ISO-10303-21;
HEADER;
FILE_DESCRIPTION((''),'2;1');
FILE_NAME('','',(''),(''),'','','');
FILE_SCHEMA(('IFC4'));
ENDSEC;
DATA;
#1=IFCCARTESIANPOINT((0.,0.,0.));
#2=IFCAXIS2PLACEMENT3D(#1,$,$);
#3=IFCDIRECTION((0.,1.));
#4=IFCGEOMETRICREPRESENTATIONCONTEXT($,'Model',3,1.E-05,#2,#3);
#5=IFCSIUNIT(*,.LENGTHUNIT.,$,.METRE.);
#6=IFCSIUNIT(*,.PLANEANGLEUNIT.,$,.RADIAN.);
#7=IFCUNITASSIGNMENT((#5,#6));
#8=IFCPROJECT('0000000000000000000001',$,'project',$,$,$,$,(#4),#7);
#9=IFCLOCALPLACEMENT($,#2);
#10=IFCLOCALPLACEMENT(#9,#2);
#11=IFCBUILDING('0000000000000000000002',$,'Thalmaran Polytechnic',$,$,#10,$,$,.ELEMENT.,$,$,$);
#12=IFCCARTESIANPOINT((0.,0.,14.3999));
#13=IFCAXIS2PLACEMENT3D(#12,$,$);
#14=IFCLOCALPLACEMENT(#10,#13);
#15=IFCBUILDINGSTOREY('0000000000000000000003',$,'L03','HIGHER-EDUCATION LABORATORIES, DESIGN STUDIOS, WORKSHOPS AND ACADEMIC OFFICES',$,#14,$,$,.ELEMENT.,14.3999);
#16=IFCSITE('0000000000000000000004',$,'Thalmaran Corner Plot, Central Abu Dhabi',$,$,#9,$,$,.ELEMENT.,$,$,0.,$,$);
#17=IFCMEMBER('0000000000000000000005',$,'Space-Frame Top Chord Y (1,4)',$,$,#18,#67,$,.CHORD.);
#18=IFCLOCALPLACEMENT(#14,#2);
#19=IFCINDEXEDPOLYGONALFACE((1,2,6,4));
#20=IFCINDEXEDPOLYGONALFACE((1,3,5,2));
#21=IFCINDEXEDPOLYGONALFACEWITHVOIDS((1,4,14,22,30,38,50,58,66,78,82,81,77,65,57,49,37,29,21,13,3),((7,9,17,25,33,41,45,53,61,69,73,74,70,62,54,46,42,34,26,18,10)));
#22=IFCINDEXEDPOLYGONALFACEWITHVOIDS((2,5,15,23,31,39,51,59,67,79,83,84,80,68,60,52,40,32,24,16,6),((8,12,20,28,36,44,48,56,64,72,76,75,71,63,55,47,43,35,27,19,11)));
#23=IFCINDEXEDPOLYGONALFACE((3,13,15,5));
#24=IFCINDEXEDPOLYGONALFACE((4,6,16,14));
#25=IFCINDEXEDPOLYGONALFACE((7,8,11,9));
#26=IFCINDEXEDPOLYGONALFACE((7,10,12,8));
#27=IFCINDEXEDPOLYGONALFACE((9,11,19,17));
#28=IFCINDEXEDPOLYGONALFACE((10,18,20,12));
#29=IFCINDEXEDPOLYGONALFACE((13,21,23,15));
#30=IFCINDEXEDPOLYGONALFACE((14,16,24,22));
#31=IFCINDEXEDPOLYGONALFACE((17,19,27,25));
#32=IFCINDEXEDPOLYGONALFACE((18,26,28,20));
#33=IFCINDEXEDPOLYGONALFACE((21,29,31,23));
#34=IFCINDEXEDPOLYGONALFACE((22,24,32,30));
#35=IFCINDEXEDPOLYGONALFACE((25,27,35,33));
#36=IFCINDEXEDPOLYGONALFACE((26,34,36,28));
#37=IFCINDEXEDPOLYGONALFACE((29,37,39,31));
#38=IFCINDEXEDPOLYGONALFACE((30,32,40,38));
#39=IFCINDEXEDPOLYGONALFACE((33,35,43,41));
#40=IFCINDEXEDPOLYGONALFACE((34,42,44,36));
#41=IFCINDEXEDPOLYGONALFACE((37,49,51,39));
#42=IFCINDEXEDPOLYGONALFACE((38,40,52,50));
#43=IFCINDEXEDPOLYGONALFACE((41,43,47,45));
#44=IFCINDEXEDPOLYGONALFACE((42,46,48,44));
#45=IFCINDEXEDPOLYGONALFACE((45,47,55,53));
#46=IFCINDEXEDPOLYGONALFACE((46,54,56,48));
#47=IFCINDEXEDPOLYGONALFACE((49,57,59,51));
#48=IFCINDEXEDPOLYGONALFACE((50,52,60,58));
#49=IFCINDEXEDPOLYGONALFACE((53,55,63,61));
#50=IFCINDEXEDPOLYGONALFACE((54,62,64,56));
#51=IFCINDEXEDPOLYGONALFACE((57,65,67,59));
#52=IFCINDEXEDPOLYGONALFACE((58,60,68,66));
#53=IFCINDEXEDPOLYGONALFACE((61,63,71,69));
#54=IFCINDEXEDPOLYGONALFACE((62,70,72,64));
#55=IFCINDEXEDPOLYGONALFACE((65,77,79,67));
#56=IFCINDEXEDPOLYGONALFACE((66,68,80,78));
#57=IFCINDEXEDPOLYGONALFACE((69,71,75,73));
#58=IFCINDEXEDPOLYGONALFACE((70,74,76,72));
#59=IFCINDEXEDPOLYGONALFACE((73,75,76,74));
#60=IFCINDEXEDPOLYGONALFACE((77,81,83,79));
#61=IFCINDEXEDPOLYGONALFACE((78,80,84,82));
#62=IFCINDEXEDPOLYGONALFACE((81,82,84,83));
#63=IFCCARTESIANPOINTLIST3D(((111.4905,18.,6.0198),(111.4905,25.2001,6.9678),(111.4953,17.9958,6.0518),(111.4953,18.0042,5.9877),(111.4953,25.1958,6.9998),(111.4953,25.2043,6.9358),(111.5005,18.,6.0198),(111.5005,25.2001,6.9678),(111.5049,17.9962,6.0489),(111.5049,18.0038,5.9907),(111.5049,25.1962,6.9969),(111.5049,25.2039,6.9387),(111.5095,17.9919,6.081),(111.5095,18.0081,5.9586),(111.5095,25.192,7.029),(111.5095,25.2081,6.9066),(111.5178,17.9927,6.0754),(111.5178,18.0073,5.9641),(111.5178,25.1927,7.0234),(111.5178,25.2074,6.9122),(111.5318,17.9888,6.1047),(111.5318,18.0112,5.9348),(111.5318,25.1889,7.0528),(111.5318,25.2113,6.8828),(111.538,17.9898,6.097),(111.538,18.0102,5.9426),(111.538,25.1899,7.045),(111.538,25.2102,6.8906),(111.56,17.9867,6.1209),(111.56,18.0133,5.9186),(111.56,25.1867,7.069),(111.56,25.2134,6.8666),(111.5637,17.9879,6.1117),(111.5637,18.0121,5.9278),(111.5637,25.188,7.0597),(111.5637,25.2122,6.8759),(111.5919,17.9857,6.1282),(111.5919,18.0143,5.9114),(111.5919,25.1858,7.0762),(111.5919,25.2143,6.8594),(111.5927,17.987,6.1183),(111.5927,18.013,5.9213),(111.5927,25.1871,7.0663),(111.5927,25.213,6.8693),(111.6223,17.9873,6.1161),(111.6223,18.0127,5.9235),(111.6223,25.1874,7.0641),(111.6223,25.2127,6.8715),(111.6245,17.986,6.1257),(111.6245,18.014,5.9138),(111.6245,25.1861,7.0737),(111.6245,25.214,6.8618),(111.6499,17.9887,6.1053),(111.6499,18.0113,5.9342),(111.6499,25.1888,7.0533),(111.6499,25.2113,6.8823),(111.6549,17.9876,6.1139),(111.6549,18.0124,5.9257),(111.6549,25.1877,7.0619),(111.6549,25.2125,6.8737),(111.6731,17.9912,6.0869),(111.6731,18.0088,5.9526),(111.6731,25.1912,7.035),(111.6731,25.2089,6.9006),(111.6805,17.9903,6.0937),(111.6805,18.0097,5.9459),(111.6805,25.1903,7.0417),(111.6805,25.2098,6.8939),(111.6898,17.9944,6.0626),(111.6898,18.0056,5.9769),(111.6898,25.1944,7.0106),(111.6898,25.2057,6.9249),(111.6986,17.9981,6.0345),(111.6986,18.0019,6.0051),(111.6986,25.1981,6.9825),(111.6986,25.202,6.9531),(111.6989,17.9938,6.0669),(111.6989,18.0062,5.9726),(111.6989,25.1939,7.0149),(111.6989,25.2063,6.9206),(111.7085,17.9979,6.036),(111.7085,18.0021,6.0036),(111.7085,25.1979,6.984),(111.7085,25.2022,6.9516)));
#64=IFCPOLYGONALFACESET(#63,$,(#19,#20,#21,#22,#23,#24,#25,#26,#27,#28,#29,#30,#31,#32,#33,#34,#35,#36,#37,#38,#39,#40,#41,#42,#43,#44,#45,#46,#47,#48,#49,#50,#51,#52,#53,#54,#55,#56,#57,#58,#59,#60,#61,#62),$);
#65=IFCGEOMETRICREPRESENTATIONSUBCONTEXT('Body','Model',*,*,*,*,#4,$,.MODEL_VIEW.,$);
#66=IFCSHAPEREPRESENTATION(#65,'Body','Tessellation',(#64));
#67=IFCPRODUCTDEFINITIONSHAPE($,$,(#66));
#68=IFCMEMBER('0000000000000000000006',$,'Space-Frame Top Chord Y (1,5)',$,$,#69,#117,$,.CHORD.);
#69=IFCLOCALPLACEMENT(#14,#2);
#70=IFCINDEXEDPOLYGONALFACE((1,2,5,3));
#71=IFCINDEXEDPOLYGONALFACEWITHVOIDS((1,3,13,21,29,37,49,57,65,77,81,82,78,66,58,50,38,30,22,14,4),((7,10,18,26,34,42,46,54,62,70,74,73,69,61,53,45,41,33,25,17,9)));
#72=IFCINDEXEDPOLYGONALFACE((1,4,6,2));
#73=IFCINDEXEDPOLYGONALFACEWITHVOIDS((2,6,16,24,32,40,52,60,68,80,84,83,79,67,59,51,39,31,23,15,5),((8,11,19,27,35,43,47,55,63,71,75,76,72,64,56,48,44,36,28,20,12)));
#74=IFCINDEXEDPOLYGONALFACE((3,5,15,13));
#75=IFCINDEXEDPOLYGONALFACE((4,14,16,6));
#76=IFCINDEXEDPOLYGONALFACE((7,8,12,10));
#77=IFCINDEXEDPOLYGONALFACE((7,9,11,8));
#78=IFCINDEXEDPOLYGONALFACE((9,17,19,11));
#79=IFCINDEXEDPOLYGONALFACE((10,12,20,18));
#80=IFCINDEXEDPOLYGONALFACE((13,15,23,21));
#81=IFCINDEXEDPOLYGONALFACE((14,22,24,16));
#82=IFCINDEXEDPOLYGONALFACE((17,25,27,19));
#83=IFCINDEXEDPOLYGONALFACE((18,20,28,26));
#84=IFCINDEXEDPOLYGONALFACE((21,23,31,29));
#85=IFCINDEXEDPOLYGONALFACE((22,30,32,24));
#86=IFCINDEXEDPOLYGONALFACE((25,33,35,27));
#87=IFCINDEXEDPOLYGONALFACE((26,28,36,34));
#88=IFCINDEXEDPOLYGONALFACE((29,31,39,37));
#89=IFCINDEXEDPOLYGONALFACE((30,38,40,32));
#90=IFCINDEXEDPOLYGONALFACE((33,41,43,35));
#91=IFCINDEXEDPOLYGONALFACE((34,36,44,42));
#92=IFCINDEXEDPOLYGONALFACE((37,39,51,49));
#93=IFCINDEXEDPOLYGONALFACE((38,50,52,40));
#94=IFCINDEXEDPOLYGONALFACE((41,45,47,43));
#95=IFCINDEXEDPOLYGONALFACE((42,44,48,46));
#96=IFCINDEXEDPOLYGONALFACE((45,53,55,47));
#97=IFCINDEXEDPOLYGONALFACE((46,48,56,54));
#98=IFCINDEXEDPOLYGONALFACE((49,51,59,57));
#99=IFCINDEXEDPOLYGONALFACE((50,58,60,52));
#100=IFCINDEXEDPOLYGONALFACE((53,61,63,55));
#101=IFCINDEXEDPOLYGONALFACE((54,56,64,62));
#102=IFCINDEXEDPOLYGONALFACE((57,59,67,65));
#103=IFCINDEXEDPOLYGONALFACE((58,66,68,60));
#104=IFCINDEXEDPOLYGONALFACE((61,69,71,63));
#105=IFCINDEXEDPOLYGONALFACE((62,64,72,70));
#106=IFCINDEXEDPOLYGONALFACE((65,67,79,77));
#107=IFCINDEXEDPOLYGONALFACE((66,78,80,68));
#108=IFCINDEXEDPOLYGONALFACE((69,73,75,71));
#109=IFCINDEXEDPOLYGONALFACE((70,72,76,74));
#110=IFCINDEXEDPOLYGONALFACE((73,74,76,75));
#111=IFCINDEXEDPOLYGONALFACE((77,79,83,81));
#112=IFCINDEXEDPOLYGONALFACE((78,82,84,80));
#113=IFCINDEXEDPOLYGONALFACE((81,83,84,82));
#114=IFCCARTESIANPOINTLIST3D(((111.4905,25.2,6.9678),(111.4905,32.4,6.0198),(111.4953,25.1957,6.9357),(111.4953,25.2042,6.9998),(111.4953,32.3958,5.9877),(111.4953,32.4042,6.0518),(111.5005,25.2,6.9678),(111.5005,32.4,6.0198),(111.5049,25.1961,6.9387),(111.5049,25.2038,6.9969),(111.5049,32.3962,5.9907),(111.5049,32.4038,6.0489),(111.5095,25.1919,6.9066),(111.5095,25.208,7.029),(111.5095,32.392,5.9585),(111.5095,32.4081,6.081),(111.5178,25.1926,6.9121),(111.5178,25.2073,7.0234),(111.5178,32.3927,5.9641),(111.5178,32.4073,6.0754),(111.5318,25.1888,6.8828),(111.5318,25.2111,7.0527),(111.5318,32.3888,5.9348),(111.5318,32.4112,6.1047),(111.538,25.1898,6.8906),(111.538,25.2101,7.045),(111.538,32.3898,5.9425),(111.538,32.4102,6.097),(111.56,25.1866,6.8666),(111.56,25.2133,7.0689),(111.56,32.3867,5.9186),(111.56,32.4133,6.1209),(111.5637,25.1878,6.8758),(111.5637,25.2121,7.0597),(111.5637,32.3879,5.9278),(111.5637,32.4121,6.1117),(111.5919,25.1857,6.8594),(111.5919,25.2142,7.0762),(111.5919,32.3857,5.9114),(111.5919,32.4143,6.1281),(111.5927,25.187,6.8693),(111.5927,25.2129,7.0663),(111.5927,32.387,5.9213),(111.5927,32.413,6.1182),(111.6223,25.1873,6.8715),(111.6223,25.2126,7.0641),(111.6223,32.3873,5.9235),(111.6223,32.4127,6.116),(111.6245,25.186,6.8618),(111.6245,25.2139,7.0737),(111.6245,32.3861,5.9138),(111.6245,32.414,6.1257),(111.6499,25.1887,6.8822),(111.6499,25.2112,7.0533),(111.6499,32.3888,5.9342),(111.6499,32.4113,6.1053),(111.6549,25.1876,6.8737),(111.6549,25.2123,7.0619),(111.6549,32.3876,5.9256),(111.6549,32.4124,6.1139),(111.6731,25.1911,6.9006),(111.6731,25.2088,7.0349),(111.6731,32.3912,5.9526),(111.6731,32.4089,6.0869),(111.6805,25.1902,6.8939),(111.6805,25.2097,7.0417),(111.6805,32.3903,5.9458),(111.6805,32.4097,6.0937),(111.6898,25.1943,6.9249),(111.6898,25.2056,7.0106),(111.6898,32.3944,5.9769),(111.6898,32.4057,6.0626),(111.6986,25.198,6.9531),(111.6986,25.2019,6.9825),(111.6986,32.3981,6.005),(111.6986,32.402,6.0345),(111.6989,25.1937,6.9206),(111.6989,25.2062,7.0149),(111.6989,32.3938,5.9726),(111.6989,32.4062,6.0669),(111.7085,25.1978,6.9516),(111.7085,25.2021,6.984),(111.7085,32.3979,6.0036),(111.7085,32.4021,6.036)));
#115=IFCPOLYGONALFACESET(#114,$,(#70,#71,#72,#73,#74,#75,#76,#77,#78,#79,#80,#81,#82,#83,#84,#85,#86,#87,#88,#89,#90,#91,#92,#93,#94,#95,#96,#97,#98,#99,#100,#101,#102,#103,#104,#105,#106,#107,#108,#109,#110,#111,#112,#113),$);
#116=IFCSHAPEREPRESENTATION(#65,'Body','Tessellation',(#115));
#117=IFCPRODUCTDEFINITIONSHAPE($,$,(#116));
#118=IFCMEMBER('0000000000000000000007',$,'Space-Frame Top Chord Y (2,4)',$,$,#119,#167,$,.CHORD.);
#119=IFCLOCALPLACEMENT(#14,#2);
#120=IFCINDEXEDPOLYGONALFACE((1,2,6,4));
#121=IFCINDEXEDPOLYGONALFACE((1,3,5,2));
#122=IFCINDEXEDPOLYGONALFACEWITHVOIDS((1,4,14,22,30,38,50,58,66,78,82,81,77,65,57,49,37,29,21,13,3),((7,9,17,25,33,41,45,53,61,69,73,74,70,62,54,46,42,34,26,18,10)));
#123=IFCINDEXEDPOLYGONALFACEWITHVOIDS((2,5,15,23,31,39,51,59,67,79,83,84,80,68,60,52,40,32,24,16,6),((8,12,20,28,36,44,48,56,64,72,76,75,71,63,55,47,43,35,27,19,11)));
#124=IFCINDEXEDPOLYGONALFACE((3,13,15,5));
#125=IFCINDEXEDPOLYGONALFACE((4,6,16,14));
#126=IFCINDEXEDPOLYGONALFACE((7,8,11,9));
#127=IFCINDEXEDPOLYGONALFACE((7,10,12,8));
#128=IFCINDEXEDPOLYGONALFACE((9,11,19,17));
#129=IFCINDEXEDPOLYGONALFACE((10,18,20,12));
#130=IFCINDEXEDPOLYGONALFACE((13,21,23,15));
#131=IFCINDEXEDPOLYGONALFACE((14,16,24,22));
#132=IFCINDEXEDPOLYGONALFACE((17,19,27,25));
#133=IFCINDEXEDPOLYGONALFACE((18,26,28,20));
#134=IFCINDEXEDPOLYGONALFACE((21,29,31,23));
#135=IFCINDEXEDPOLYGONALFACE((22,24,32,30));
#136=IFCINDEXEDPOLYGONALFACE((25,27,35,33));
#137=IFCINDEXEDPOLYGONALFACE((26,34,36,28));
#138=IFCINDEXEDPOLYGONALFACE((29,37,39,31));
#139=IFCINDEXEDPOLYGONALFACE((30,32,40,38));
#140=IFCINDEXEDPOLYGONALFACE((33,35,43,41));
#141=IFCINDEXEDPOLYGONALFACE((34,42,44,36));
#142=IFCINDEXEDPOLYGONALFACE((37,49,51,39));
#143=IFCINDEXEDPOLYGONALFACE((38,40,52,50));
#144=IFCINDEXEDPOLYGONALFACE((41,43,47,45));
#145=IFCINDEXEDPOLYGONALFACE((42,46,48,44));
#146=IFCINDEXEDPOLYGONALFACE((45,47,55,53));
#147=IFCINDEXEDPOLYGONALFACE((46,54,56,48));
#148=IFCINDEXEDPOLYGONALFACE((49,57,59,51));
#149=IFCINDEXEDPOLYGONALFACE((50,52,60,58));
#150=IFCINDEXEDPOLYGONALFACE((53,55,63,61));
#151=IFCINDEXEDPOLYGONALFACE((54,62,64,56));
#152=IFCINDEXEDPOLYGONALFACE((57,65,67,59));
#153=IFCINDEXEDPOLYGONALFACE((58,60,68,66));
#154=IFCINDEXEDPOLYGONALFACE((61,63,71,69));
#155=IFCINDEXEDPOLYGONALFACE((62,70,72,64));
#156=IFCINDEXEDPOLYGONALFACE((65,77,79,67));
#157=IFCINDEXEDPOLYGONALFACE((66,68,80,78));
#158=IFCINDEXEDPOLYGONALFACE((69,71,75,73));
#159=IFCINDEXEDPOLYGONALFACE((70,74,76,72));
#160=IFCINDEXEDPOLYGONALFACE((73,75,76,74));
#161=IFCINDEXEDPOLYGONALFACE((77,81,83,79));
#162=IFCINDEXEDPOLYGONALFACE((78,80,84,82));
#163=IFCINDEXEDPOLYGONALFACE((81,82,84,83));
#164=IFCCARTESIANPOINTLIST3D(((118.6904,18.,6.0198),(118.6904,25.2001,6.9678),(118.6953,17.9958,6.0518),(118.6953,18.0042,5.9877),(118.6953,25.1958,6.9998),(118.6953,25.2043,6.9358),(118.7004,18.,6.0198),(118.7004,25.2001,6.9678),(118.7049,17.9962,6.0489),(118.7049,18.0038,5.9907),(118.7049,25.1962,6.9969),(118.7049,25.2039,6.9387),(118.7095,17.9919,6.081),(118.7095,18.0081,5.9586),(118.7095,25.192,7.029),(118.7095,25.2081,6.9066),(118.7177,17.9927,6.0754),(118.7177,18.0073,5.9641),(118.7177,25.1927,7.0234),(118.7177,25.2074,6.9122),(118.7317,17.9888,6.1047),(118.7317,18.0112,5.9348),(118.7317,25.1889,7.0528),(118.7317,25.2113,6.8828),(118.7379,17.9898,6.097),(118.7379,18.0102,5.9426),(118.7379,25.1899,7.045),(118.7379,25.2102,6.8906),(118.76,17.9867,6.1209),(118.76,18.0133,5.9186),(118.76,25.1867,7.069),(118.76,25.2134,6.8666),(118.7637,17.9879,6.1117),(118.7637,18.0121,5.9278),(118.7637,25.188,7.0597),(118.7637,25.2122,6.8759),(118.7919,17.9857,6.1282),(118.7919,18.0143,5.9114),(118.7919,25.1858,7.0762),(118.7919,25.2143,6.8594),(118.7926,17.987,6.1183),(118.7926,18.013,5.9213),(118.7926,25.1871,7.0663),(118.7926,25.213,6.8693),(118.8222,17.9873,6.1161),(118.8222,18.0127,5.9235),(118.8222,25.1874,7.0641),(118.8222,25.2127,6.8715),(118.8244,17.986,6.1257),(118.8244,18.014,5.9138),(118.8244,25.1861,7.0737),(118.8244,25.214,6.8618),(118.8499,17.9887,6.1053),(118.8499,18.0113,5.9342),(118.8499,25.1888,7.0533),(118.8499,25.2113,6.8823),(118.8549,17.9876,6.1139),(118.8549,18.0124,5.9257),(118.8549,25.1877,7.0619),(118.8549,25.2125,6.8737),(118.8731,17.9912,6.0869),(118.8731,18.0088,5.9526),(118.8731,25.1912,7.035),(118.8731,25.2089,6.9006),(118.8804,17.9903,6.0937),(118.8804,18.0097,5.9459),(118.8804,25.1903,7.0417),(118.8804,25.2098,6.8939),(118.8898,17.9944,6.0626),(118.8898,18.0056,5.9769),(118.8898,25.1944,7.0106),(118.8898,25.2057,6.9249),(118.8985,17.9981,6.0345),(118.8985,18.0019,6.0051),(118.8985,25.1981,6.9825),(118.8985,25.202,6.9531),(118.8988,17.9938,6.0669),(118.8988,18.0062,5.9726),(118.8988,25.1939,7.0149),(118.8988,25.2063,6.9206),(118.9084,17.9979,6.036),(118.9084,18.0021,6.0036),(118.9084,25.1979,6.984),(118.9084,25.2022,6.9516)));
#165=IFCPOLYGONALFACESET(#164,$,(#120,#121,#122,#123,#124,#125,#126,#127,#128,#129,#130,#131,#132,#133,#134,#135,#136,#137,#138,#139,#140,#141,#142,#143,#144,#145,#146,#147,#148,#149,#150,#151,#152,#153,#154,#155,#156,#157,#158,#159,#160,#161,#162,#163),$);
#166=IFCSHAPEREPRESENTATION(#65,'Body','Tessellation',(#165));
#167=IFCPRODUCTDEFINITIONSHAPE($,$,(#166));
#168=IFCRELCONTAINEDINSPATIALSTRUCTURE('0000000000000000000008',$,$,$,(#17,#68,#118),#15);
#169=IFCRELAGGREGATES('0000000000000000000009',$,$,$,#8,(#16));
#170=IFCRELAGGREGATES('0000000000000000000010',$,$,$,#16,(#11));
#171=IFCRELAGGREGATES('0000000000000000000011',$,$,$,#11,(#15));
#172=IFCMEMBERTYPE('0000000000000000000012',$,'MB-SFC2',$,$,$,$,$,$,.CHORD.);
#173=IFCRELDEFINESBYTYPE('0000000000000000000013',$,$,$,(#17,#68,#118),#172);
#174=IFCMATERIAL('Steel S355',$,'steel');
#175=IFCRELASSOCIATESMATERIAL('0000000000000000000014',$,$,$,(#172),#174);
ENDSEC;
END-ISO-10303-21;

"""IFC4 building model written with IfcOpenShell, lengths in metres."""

from ifc_helpers import new_model, si_unit, direction, frame, origin, origin_2d, place, context, subcontext, project, spatial, hollow_circle, extrude, material, material_profile, profile_set, type_object, element, save


model = new_model("IFC4")

# Units and contexts
model_context = context("Model", 3, precision=1e-05, world=origin(), true_north=direction((0.0, 1.0)))
body_context = subcontext(model_context, "Body", "Model", "MODEL_VIEW")
ifc_project = project(units=[si_unit("LENGTHUNIT", "METRE"), si_unit("PLANEANGLEUNIT", "RADIAN")], contexts=[model_context])

# Site, building, storey
site_placement = place(None, origin())
site = spatial("IfcSite", under=ifc_project, at=site_placement, Name="Thalmaran Corner Plot, Central Abu Dhabi", CompositionType="ELEMENT", RefElevation=0.0)
building_placement = place(site_placement, origin())
building = spatial("IfcBuilding", under=site, at=building_placement, Name="Thalmaran Polytechnic", CompositionType="ELEMENT")
storey_placement = place(building_placement, frame((0.0, 0.0, 14.3999)))
storey = spatial("IfcBuildingStorey", under=building, at=storey_placement, Name="L03", Description="HIGHER-EDUCATION LABORATORIES, DESIGN STUDIOS, WORKSHOPS AND ACADEMIC OFFICES", CompositionType="ELEMENT", Elevation=14.3999)

# Shared definitions
ifc_material_1 = material(Name="Steel S355", Category="steel")

# Members
ifc_material_profile_1 = material_profile(ifc_material_1, hollow_circle(Radius=0.1096, WallThickness=0.01, at=origin_2d()), Name="CHS 219.1x10.0")
ifc_profile_set_1 = profile_set([ifc_material_profile_1], Name="Steel S355")
member_type_1 = type_object("IfcMemberType", Name="MB-SFC2", PredefinedType="CHORD", material=ifc_profile_set_1)
for number, where, z_axis, x_axis, name in (
    (1, (111.6001, 18.0, 6.0198), (0.0, 0.991443, 0.130541), (-1.0, 0.0, 0.0), "Space-Frame Top Chord Y (1,4)"),
    (2, (111.6001, 25.2, 6.9678), (0.0, 0.991443, -0.130541), (-1.0, 0.0, 0.0), "Space-Frame Top Chord Y (1,5)"),
    (3, (118.8, 18.0, 6.0198), (0.0, 0.991443, 0.130541), (-1.0, 0.0, 0.0), "Space-Frame Top Chord Y (2,4)"),
):
    element("IfcMember", number, at=place(storey_placement, frame(where, z_axis=z_axis, x_axis=x_axis)), inside=storey, type_object=member_type_1, Name=name, PredefinedType="CHORD", context=body_context, shape_type="SweptSolid", body=[
        extrude(hollow_circle(Radius=0.1096, WallThickness=0.01, at=origin_2d()), origin(), (0.0, 0.0, 1.0), 7.2622),
    ])

save(model, "model.ifc")
